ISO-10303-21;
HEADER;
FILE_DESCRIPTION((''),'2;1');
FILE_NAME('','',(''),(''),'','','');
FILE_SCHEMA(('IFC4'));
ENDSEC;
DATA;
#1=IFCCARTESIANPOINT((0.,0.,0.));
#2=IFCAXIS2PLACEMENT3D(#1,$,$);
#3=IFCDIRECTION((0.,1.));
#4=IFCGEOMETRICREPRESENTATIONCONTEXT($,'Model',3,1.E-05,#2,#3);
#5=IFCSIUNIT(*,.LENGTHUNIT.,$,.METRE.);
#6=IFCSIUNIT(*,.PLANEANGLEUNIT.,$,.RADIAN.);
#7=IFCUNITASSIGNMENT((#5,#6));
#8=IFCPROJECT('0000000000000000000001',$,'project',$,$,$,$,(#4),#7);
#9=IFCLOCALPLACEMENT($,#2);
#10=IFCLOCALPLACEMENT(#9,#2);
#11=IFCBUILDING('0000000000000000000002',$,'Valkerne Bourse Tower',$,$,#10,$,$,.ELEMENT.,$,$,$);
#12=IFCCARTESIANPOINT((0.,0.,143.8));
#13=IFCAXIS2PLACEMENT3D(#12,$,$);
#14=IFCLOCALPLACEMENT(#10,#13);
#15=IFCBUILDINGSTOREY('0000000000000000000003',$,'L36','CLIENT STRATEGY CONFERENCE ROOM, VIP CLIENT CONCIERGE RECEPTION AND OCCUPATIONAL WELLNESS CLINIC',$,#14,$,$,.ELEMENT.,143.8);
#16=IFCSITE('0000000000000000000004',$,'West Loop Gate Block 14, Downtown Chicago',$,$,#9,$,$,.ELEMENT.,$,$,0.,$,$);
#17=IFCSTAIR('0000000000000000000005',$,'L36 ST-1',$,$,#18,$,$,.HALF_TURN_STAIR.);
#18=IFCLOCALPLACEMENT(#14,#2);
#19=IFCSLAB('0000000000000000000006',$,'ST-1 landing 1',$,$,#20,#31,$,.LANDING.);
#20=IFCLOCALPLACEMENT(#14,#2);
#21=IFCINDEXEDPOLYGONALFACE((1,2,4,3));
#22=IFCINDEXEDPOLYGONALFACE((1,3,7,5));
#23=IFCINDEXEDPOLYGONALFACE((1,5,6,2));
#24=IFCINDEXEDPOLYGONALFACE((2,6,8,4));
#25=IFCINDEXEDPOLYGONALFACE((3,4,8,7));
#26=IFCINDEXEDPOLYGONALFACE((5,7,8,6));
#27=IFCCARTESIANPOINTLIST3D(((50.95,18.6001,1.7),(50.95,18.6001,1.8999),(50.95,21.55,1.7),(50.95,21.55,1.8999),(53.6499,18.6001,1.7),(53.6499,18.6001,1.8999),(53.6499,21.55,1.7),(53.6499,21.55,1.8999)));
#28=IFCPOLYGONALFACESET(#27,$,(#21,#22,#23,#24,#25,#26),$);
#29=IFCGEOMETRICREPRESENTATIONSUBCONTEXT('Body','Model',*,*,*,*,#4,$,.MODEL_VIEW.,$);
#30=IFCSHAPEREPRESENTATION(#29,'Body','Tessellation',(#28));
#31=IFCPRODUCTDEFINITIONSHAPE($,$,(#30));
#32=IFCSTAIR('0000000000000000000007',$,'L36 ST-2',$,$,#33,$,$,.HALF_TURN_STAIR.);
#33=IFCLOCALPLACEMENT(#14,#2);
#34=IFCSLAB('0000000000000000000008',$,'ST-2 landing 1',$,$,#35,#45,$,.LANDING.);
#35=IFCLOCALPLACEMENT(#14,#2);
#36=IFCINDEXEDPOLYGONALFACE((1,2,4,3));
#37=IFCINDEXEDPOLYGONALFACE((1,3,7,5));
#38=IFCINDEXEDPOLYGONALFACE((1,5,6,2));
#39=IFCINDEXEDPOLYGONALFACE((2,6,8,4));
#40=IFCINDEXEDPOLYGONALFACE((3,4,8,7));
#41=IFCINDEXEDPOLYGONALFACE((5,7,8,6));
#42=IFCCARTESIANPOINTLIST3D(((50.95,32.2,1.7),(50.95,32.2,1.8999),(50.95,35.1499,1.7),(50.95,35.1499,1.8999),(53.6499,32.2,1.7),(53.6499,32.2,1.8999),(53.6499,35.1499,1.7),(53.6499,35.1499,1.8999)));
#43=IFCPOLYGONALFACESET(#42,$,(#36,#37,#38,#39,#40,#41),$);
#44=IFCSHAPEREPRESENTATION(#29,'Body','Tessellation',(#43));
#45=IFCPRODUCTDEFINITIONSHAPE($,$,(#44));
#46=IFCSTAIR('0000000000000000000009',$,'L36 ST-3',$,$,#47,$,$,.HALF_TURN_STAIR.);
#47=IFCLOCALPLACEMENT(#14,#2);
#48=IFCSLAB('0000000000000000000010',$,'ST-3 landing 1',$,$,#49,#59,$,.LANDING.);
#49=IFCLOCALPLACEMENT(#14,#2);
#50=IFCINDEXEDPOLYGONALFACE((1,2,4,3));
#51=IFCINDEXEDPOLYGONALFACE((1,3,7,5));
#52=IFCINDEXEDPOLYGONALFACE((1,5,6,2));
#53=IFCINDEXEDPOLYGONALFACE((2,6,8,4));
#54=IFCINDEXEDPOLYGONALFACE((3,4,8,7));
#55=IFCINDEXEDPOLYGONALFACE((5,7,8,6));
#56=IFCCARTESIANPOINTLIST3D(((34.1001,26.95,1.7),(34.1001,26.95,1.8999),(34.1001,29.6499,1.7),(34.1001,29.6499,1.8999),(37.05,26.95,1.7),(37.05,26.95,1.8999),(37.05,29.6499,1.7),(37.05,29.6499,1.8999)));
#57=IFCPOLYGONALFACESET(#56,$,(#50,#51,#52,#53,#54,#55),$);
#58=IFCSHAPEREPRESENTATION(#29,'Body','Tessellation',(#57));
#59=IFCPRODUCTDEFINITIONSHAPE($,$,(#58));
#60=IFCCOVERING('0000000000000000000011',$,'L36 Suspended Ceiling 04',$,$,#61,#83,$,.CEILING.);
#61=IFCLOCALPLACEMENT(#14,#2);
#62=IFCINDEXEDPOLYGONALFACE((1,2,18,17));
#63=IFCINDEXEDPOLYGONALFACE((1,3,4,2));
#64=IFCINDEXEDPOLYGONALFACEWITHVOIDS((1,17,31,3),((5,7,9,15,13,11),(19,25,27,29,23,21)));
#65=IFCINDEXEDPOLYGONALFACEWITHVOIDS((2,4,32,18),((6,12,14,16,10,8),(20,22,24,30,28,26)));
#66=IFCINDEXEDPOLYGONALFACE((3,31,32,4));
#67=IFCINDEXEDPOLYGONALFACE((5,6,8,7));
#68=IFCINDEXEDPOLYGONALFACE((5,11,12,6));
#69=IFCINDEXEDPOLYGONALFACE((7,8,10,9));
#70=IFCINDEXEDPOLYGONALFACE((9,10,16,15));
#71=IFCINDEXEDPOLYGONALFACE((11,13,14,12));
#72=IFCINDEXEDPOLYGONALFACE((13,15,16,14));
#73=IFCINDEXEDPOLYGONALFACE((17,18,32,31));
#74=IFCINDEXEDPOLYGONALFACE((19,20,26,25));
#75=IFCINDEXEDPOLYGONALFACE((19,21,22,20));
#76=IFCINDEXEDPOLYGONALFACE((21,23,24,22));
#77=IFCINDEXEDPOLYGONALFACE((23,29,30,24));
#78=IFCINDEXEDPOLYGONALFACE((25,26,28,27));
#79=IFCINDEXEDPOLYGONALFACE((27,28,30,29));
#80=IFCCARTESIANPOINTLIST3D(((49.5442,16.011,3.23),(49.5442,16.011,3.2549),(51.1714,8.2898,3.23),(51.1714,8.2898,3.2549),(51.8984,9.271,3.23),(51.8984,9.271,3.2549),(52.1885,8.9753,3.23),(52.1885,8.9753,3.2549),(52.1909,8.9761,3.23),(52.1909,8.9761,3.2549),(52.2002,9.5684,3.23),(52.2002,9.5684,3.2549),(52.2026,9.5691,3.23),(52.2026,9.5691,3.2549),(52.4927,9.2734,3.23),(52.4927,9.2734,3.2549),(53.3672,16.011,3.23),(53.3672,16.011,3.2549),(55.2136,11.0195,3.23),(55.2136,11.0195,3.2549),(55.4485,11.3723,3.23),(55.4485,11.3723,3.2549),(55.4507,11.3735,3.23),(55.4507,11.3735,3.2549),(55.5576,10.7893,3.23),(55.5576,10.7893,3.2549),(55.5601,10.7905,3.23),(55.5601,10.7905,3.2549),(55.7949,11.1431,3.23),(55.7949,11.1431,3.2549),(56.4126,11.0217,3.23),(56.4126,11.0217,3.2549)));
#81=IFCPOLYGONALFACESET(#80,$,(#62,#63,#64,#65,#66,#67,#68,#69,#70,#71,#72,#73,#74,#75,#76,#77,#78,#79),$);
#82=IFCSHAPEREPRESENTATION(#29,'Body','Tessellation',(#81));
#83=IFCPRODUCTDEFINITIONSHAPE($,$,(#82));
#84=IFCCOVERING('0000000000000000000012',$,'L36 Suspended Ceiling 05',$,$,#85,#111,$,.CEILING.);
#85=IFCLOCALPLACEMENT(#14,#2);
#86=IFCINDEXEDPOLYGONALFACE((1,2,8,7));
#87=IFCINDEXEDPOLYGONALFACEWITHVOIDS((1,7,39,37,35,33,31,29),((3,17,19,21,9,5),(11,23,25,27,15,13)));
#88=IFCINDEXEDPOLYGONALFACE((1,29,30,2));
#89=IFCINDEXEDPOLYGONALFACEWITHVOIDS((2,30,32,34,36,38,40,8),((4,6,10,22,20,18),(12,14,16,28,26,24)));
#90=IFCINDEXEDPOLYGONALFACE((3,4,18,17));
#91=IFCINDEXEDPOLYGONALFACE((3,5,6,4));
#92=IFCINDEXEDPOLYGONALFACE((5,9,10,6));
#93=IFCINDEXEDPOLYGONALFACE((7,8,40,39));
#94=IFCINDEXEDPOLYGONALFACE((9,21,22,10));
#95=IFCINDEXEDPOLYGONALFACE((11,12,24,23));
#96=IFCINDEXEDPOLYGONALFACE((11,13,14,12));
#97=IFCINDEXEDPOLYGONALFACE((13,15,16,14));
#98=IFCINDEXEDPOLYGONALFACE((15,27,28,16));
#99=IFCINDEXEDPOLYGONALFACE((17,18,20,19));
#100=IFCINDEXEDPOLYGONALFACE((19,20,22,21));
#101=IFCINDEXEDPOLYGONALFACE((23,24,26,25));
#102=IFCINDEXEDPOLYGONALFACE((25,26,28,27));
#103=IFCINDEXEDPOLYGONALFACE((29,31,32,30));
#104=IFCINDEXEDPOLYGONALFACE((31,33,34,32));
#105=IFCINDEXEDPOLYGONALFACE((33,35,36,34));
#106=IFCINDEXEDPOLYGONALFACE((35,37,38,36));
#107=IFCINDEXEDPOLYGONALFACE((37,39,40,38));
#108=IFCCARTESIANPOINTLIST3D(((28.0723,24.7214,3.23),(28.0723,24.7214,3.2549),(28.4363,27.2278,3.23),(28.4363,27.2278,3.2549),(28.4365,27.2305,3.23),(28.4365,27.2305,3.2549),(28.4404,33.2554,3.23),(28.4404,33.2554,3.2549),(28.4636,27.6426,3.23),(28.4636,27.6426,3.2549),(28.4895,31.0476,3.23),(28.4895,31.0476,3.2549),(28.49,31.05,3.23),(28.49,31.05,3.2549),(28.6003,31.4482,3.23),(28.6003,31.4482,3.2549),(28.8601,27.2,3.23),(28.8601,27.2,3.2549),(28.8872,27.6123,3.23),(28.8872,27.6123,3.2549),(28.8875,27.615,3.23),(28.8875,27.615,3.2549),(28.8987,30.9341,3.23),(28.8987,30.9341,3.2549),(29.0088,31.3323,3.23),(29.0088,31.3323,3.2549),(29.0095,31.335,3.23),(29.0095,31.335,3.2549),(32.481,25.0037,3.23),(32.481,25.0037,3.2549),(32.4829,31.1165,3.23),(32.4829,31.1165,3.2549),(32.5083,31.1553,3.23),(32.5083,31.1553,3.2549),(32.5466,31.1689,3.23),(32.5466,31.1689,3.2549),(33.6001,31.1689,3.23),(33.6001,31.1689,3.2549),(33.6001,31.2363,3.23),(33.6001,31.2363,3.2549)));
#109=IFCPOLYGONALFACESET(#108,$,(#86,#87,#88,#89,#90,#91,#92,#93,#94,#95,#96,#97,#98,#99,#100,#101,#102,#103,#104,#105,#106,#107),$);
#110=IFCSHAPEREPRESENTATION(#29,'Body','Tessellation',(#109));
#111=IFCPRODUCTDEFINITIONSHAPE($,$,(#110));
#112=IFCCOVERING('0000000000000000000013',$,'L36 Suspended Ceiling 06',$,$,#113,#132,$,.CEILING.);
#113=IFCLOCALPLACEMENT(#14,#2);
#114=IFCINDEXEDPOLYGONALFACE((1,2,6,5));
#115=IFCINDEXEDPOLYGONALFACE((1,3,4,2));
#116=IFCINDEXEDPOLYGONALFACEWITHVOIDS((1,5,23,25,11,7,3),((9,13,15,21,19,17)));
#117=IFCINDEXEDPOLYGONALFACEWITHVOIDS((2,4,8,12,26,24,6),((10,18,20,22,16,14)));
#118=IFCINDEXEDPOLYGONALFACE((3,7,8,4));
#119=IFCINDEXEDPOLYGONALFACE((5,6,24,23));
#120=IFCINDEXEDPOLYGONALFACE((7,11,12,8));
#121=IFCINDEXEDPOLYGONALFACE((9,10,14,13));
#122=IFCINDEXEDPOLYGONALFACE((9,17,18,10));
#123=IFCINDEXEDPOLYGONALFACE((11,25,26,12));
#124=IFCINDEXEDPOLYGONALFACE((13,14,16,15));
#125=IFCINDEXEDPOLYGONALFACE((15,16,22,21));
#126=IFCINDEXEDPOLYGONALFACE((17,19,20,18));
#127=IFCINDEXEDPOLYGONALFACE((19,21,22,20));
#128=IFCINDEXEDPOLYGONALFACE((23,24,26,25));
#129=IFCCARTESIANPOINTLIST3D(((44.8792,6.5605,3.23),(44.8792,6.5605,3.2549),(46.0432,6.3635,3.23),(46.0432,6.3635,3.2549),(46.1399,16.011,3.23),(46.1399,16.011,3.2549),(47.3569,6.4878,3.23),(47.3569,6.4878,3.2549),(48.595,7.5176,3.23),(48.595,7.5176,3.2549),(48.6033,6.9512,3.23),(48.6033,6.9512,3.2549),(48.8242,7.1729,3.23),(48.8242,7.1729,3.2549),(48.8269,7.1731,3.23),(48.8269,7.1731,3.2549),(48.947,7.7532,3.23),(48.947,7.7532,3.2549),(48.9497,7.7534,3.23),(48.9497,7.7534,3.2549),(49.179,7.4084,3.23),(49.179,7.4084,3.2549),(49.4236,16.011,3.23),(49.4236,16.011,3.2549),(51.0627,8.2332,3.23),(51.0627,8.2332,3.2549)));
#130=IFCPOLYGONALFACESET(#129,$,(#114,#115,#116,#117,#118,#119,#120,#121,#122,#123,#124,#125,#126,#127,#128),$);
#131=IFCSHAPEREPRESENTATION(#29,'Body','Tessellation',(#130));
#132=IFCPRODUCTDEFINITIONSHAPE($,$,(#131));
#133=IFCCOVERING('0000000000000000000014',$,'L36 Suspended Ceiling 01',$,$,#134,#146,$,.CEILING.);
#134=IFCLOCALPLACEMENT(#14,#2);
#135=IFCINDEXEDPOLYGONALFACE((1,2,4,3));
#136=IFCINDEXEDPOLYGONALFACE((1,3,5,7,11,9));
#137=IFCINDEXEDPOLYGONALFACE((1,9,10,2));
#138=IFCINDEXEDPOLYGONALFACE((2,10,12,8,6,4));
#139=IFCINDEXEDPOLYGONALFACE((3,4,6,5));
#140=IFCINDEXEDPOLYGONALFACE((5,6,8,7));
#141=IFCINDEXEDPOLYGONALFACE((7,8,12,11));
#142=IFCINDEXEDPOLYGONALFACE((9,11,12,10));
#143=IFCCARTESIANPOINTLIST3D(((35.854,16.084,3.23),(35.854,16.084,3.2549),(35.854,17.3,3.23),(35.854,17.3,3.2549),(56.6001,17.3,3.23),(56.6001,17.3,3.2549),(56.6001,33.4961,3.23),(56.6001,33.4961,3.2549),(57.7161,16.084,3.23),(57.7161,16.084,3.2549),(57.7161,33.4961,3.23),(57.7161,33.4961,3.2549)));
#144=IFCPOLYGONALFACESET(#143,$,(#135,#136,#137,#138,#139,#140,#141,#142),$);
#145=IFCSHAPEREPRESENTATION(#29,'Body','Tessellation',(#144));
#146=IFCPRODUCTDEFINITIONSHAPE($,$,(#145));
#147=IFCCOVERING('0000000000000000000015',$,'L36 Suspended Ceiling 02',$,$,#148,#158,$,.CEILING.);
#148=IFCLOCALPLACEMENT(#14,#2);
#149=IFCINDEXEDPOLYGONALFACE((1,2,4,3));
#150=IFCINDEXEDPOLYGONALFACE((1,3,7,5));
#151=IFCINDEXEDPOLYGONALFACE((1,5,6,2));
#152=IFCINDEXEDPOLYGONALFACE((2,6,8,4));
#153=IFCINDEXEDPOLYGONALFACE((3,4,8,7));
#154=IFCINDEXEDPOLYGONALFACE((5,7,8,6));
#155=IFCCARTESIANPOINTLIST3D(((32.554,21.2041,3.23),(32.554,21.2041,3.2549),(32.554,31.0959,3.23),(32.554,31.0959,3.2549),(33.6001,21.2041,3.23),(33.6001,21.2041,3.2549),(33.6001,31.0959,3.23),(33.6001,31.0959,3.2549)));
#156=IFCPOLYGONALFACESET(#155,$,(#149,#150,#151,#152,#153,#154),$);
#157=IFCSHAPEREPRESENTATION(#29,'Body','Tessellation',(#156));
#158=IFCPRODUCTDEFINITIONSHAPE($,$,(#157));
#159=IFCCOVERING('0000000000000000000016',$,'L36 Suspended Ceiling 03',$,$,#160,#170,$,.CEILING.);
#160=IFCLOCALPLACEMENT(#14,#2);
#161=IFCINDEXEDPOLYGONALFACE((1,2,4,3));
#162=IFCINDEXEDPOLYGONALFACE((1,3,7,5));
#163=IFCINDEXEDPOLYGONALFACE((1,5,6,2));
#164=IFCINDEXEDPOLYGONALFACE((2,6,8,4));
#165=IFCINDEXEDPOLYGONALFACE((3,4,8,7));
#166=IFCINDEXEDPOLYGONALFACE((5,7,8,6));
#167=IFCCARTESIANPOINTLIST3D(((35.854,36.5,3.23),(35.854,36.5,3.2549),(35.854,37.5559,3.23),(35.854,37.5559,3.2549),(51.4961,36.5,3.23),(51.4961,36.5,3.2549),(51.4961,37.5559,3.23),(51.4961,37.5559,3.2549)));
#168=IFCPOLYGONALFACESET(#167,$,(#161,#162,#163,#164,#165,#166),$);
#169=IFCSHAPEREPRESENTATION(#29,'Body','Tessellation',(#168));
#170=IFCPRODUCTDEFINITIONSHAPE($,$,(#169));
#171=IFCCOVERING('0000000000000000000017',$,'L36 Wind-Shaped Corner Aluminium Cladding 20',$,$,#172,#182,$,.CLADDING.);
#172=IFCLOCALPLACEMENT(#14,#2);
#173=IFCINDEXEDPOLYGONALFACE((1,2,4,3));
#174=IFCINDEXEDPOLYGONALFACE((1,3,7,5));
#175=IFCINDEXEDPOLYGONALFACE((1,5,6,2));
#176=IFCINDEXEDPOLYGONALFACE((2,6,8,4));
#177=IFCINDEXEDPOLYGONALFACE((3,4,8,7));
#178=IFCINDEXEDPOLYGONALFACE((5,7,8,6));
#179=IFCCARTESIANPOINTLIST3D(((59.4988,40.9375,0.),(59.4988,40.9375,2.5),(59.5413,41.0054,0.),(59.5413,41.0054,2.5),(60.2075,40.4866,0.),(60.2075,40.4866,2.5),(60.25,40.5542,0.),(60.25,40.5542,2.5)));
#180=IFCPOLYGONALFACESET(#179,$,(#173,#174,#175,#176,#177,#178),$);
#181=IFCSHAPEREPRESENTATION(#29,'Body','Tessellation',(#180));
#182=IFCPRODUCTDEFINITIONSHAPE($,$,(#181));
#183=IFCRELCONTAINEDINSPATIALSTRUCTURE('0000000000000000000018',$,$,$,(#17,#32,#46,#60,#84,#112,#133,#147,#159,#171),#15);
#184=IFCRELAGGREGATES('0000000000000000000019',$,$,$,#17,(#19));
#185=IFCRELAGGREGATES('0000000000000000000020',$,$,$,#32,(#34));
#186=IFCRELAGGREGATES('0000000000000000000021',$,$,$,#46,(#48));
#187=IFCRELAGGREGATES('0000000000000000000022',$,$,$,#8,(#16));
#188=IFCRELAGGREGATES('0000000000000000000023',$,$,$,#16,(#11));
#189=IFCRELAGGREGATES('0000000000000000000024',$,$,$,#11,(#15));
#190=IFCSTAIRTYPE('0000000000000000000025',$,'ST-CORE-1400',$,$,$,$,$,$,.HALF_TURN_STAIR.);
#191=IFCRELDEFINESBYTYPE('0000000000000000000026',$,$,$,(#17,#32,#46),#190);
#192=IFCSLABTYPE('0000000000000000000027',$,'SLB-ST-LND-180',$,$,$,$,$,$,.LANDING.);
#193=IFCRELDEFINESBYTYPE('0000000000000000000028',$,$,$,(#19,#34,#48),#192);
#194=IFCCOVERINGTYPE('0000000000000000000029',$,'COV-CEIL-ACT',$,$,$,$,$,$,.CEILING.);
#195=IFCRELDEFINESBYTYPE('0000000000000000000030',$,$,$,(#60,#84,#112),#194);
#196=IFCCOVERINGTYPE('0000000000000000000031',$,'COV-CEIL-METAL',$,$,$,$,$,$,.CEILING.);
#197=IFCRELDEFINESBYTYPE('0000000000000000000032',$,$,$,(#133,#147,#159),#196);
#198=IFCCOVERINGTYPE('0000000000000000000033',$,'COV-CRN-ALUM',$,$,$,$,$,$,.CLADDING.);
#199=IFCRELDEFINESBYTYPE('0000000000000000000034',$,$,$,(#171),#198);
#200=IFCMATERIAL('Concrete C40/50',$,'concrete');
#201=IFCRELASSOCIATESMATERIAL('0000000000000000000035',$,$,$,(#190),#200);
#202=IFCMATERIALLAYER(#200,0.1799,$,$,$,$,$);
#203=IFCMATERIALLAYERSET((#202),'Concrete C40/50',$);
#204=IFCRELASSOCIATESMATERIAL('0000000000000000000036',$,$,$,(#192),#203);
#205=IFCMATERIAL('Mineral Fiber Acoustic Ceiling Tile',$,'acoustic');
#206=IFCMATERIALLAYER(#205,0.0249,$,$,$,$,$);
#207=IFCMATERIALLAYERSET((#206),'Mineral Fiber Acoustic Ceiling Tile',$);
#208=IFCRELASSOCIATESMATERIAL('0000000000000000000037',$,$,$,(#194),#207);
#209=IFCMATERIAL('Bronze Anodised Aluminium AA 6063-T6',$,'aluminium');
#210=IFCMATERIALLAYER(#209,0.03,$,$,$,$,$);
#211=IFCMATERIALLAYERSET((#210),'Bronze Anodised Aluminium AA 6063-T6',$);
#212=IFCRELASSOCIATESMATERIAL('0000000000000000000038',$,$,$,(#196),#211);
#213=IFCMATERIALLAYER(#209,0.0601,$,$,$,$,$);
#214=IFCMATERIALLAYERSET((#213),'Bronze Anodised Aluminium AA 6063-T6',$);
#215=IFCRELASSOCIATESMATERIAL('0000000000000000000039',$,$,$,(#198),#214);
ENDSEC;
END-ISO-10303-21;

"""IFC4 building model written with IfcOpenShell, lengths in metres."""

from ifc_helpers import new_model, si_unit, direction, frame, origin, place, context, subcontext, project, spatial, polyline, outline, extrude, material, layer, layer_set, type_object, element, aggregate, save


model = new_model("IFC4")

# Units and contexts
model_context = context("Model", 3, precision=1e-05, world=origin(), true_north=direction((0.0, 1.0)))
body_context = subcontext(model_context, "Body", "Model", "MODEL_VIEW")
ifc_project = project(units=[si_unit("LENGTHUNIT", "METRE"), si_unit("PLANEANGLEUNIT", "RADIAN")], contexts=[model_context])

# Site, building, storey
site_placement = place(None, origin())
site = spatial("IfcSite", under=ifc_project, at=site_placement, Name="West Loop Gate Block 14, Downtown Chicago", CompositionType="ELEMENT", RefElevation=0.0)
building_placement = place(site_placement, origin())
building = spatial("IfcBuilding", under=site, at=building_placement, Name="Valkerne Bourse Tower", CompositionType="ELEMENT")
storey_placement = place(building_placement, frame((0.0, 0.0, 143.8)))
storey = spatial("IfcBuildingStorey", under=building, at=storey_placement, Name="L36", Description="CLIENT STRATEGY CONFERENCE ROOM, VIP CLIENT CONCIERGE RECEPTION AND OCCUPATIONAL WELLNESS CLINIC", CompositionType="ELEMENT", Elevation=143.8)

# Stairs, slabs
ifc_material_1 = material(Name="Concrete C40/50", Category="concrete")
stair_type = type_object("IfcStairType", Name="ST-CORE-1400", PredefinedType="HALF_TURN_STAIR", material=ifc_material_1)
stair_1_placement = place(storey_placement, origin())
stair_1 = element("IfcStair", 1, at=stair_1_placement, inside=storey, type_object=stair_type, Name="L36 ST-1", PredefinedType="HALF_TURN_STAIR")
ifc_layer_1 = layer(ifc_material_1, 0.1799)
ifc_layer_set_1 = layer_set([ifc_layer_1], Name="Concrete C40/50")
slab_type = type_object("IfcSlabType", Name="SLB-ST-LND-180", PredefinedType="LANDING", material=ifc_layer_set_1)
slab_1_placement = place(storey_placement, frame((0.0, 0.0, 1.7)))
slab_1 = element("IfcSlab", 2, at=slab_1_placement, type_object=slab_type, Name="ST-1 landing 1", PredefinedType="LANDING", context=body_context, shape_type="SweptSolid", body=[
    extrude(outline(polyline([(50.95, 18.6001), (53.6499, 18.6001), (53.6499, 21.55), (50.95, 21.55), (50.95, 18.6001)])), origin(), (0.0, 0.0, 1.0), 0.2),
])
aggregate(stair_1, [slab_1])
stair_2_placement = place(storey_placement, origin())
stair_2 = element("IfcStair", 3, at=stair_2_placement, inside=storey, type_object=stair_type, Name="L36 ST-2", PredefinedType="HALF_TURN_STAIR")
slab_2_placement = place(storey_placement, frame((0.0, 0.0, 1.7)))
slab_2 = element("IfcSlab", 4, at=slab_2_placement, type_object=slab_type, Name="ST-2 landing 1", PredefinedType="LANDING", context=body_context, shape_type="SweptSolid", body=[
    extrude(outline(polyline([(50.95, 32.2), (53.6499, 32.2), (53.6499, 35.1499), (50.95, 35.1499), (50.95, 32.2)])), origin(), (0.0, 0.0, 1.0), 0.2),
])
aggregate(stair_2, [slab_2])
stair_3_placement = place(storey_placement, origin())
stair_3 = element("IfcStair", 5, at=stair_3_placement, inside=storey, type_object=stair_type, Name="L36 ST-3", PredefinedType="HALF_TURN_STAIR")
slab_3_placement = place(storey_placement, frame((0.0, 0.0, 1.7)))
slab_3 = element("IfcSlab", 6, at=slab_3_placement, type_object=slab_type, Name="ST-3 landing 1", PredefinedType="LANDING", context=body_context, shape_type="SweptSolid", body=[
    extrude(outline(polyline([(37.05, 26.95), (37.05, 29.6499), (34.1001, 29.6499), (34.1001, 26.95), (37.05, 26.95)])), origin(), (0.0, 0.0, 1.0), 0.2),
])
aggregate(stair_3, [slab_3])

# Coverings
ifc_material_2 = material(Name="Mineral Fiber Acoustic Ceiling Tile", Category="acoustic")
ifc_layer_2 = layer(ifc_material_2, 0.0249)
ifc_layer_set_2 = layer_set([ifc_layer_2], Name="Mineral Fiber Acoustic Ceiling Tile")
covering_type_1 = type_object("IfcCoveringType", Name="COV-CEIL-ACT", PredefinedType="CEILING", material=ifc_layer_set_2)
covering_1_placement = place(storey_placement, frame((0.0, 0.0, 3.23)))
element("IfcCovering", 7, at=covering_1_placement, inside=storey, type_object=covering_type_1, Name="L36 Suspended Ceiling 04", PredefinedType="CEILING", context=body_context, shape_type="SweptSolid", body=[
    extrude(outline(polyline([(53.3672, 16.011), (56.4126, 11.0217), (51.1714, 8.2898), (49.5442, 16.011), (53.3672, 16.011)]), holes=[polyline([(52.4927, 9.2734), (52.2026, 9.5691), (52.2002, 9.5684), (51.8984, 9.271), (52.1885, 8.9753), (52.1909, 8.9761), (52.4927, 9.2734)]), polyline([(55.5601, 10.7905), (55.7949, 11.1431), (55.4507, 11.3735), (55.4485, 11.3723), (55.2136, 11.0195), (55.5576, 10.7893), (55.5601, 10.7905)])]), origin(), (0.0, 0.0, 1.0), 0.0249),
])
covering_2_placement = place(storey_placement, frame((0.0, 0.0, 3.23)))
element("IfcCovering", 8, at=covering_2_placement, inside=storey, type_object=covering_type_1, Name="L36 Suspended Ceiling 05", PredefinedType="CEILING", context=body_context, shape_type="SweptSolid", body=[
    extrude(outline(polyline([(32.5466, 31.1689), (32.5083, 31.1553), (32.4829, 31.1165), (32.481, 25.0037), (28.0723, 24.7214), (28.4404, 33.2554), (33.6001, 31.2363), (33.6001, 31.1689), (32.5466, 31.1689)]), holes=[polyline([(28.8875, 27.615), (28.4636, 27.6426), (28.4365, 27.2305), (28.4363, 27.2278), (28.8601, 27.2), (28.8872, 27.6123), (28.8875, 27.615)]), polyline([(29.0088, 31.3323), (29.0095, 31.335), (28.6003, 31.4482), (28.49, 31.05), (28.4895, 31.0476), (28.8987, 30.9341), (29.0088, 31.3323)])]), origin(), (0.0, 0.0, 1.0), 0.0249),
])
covering_3_placement = place(storey_placement, frame((0.0, 0.0, 3.23)))
element("IfcCovering", 9, at=covering_3_placement, inside=storey, type_object=covering_type_1, Name="L36 Suspended Ceiling 06", PredefinedType="CEILING", context=body_context, shape_type="SweptSolid", body=[
    extrude(outline(polyline([(46.0432, 6.3635), (44.8792, 6.5605), (46.1399, 16.011), (49.4236, 16.011), (51.0627, 8.2332), (48.6033, 6.9512), (47.3569, 6.4878), (46.0432, 6.3635)]), holes=[polyline([(48.8269, 7.1731), (49.179, 7.4084), (48.9497, 7.7534), (48.947, 7.7532), (48.595, 7.5176), (48.8242, 7.1729), (48.8269, 7.1731)])]), origin(), (0.0, 0.0, 1.0), 0.0249),
])
ifc_material_3 = material(Name="Bronze Anodised Aluminium AA 6063-T6", Category="aluminium")
ifc_layer_3 = layer(ifc_material_3, 0.03)
ifc_layer_set_3 = layer_set([ifc_layer_3], Name="Bronze Anodised Aluminium AA 6063-T6")
covering_type_2 = type_object("IfcCoveringType", Name="COV-CEIL-METAL", PredefinedType="CEILING", material=ifc_layer_set_3)
covering_4_placement = place(storey_placement, frame((0.0, 0.0, 3.23)))
element("IfcCovering", 10, at=covering_4_placement, inside=storey, type_object=covering_type_2, Name="L36 Suspended Ceiling 01", PredefinedType="CEILING", context=body_context, shape_type="SweptSolid", body=[
    extrude(outline(polyline([(35.854, 17.3), (56.6001, 17.3), (56.6001, 33.4961), (57.7161, 33.4961), (57.7161, 16.084), (35.854, 16.084), (35.854, 17.3)])), origin(), (0.0, 0.0, 1.0), 0.0249),
])
covering_5_placement = place(storey_placement, frame((0.0, 0.0, 3.23)))
element("IfcCovering", 11, at=covering_5_placement, inside=storey, type_object=covering_type_2, Name="L36 Suspended Ceiling 02", PredefinedType="CEILING", context=body_context, shape_type="SweptSolid", body=[
    extrude(outline(polyline([(32.554, 21.2041), (32.554, 31.0959), (33.6001, 31.0959), (33.6001, 21.2041), (32.554, 21.2041)])), origin(), (0.0, 0.0, 1.0), 0.0249),
])
covering_6_placement = place(storey_placement, frame((0.0, 0.0, 3.23)))
element("IfcCovering", 12, at=covering_6_placement, inside=storey, type_object=covering_type_2, Name="L36 Suspended Ceiling 03", PredefinedType="CEILING", context=body_context, shape_type="SweptSolid", body=[
    extrude(outline(polyline([(35.854, 37.5559), (51.4961, 37.5559), (51.4961, 36.5), (35.854, 36.5), (35.854, 37.5559)])), origin(), (0.0, 0.0, 1.0), 0.0249),
])
ifc_layer_4 = layer(ifc_material_3, 0.0601)
ifc_layer_set_4 = layer_set([ifc_layer_4], Name="Bronze Anodised Aluminium AA 6063-T6")
covering_type_3 = type_object("IfcCoveringType", Name="COV-CRN-ALUM", PredefinedType="CLADDING", material=ifc_layer_set_4)
covering_7_placement = place(storey_placement, origin())
element("IfcCovering", 13, at=covering_7_placement, inside=storey, type_object=covering_type_3, Name="L36 Wind-Shaped Corner Aluminium Cladding 20", PredefinedType="CLADDING", context=body_context, shape_type="SweptSolid", body=[
    extrude(outline(polyline([(60.25, 40.5542), (60.2075, 40.4866), (59.4988, 40.9375), (59.5413, 41.0054), (60.25, 40.5542)])), origin(), (0.0, 0.0, 1.0), 2.5),
])

save(model, "model.ifc")
